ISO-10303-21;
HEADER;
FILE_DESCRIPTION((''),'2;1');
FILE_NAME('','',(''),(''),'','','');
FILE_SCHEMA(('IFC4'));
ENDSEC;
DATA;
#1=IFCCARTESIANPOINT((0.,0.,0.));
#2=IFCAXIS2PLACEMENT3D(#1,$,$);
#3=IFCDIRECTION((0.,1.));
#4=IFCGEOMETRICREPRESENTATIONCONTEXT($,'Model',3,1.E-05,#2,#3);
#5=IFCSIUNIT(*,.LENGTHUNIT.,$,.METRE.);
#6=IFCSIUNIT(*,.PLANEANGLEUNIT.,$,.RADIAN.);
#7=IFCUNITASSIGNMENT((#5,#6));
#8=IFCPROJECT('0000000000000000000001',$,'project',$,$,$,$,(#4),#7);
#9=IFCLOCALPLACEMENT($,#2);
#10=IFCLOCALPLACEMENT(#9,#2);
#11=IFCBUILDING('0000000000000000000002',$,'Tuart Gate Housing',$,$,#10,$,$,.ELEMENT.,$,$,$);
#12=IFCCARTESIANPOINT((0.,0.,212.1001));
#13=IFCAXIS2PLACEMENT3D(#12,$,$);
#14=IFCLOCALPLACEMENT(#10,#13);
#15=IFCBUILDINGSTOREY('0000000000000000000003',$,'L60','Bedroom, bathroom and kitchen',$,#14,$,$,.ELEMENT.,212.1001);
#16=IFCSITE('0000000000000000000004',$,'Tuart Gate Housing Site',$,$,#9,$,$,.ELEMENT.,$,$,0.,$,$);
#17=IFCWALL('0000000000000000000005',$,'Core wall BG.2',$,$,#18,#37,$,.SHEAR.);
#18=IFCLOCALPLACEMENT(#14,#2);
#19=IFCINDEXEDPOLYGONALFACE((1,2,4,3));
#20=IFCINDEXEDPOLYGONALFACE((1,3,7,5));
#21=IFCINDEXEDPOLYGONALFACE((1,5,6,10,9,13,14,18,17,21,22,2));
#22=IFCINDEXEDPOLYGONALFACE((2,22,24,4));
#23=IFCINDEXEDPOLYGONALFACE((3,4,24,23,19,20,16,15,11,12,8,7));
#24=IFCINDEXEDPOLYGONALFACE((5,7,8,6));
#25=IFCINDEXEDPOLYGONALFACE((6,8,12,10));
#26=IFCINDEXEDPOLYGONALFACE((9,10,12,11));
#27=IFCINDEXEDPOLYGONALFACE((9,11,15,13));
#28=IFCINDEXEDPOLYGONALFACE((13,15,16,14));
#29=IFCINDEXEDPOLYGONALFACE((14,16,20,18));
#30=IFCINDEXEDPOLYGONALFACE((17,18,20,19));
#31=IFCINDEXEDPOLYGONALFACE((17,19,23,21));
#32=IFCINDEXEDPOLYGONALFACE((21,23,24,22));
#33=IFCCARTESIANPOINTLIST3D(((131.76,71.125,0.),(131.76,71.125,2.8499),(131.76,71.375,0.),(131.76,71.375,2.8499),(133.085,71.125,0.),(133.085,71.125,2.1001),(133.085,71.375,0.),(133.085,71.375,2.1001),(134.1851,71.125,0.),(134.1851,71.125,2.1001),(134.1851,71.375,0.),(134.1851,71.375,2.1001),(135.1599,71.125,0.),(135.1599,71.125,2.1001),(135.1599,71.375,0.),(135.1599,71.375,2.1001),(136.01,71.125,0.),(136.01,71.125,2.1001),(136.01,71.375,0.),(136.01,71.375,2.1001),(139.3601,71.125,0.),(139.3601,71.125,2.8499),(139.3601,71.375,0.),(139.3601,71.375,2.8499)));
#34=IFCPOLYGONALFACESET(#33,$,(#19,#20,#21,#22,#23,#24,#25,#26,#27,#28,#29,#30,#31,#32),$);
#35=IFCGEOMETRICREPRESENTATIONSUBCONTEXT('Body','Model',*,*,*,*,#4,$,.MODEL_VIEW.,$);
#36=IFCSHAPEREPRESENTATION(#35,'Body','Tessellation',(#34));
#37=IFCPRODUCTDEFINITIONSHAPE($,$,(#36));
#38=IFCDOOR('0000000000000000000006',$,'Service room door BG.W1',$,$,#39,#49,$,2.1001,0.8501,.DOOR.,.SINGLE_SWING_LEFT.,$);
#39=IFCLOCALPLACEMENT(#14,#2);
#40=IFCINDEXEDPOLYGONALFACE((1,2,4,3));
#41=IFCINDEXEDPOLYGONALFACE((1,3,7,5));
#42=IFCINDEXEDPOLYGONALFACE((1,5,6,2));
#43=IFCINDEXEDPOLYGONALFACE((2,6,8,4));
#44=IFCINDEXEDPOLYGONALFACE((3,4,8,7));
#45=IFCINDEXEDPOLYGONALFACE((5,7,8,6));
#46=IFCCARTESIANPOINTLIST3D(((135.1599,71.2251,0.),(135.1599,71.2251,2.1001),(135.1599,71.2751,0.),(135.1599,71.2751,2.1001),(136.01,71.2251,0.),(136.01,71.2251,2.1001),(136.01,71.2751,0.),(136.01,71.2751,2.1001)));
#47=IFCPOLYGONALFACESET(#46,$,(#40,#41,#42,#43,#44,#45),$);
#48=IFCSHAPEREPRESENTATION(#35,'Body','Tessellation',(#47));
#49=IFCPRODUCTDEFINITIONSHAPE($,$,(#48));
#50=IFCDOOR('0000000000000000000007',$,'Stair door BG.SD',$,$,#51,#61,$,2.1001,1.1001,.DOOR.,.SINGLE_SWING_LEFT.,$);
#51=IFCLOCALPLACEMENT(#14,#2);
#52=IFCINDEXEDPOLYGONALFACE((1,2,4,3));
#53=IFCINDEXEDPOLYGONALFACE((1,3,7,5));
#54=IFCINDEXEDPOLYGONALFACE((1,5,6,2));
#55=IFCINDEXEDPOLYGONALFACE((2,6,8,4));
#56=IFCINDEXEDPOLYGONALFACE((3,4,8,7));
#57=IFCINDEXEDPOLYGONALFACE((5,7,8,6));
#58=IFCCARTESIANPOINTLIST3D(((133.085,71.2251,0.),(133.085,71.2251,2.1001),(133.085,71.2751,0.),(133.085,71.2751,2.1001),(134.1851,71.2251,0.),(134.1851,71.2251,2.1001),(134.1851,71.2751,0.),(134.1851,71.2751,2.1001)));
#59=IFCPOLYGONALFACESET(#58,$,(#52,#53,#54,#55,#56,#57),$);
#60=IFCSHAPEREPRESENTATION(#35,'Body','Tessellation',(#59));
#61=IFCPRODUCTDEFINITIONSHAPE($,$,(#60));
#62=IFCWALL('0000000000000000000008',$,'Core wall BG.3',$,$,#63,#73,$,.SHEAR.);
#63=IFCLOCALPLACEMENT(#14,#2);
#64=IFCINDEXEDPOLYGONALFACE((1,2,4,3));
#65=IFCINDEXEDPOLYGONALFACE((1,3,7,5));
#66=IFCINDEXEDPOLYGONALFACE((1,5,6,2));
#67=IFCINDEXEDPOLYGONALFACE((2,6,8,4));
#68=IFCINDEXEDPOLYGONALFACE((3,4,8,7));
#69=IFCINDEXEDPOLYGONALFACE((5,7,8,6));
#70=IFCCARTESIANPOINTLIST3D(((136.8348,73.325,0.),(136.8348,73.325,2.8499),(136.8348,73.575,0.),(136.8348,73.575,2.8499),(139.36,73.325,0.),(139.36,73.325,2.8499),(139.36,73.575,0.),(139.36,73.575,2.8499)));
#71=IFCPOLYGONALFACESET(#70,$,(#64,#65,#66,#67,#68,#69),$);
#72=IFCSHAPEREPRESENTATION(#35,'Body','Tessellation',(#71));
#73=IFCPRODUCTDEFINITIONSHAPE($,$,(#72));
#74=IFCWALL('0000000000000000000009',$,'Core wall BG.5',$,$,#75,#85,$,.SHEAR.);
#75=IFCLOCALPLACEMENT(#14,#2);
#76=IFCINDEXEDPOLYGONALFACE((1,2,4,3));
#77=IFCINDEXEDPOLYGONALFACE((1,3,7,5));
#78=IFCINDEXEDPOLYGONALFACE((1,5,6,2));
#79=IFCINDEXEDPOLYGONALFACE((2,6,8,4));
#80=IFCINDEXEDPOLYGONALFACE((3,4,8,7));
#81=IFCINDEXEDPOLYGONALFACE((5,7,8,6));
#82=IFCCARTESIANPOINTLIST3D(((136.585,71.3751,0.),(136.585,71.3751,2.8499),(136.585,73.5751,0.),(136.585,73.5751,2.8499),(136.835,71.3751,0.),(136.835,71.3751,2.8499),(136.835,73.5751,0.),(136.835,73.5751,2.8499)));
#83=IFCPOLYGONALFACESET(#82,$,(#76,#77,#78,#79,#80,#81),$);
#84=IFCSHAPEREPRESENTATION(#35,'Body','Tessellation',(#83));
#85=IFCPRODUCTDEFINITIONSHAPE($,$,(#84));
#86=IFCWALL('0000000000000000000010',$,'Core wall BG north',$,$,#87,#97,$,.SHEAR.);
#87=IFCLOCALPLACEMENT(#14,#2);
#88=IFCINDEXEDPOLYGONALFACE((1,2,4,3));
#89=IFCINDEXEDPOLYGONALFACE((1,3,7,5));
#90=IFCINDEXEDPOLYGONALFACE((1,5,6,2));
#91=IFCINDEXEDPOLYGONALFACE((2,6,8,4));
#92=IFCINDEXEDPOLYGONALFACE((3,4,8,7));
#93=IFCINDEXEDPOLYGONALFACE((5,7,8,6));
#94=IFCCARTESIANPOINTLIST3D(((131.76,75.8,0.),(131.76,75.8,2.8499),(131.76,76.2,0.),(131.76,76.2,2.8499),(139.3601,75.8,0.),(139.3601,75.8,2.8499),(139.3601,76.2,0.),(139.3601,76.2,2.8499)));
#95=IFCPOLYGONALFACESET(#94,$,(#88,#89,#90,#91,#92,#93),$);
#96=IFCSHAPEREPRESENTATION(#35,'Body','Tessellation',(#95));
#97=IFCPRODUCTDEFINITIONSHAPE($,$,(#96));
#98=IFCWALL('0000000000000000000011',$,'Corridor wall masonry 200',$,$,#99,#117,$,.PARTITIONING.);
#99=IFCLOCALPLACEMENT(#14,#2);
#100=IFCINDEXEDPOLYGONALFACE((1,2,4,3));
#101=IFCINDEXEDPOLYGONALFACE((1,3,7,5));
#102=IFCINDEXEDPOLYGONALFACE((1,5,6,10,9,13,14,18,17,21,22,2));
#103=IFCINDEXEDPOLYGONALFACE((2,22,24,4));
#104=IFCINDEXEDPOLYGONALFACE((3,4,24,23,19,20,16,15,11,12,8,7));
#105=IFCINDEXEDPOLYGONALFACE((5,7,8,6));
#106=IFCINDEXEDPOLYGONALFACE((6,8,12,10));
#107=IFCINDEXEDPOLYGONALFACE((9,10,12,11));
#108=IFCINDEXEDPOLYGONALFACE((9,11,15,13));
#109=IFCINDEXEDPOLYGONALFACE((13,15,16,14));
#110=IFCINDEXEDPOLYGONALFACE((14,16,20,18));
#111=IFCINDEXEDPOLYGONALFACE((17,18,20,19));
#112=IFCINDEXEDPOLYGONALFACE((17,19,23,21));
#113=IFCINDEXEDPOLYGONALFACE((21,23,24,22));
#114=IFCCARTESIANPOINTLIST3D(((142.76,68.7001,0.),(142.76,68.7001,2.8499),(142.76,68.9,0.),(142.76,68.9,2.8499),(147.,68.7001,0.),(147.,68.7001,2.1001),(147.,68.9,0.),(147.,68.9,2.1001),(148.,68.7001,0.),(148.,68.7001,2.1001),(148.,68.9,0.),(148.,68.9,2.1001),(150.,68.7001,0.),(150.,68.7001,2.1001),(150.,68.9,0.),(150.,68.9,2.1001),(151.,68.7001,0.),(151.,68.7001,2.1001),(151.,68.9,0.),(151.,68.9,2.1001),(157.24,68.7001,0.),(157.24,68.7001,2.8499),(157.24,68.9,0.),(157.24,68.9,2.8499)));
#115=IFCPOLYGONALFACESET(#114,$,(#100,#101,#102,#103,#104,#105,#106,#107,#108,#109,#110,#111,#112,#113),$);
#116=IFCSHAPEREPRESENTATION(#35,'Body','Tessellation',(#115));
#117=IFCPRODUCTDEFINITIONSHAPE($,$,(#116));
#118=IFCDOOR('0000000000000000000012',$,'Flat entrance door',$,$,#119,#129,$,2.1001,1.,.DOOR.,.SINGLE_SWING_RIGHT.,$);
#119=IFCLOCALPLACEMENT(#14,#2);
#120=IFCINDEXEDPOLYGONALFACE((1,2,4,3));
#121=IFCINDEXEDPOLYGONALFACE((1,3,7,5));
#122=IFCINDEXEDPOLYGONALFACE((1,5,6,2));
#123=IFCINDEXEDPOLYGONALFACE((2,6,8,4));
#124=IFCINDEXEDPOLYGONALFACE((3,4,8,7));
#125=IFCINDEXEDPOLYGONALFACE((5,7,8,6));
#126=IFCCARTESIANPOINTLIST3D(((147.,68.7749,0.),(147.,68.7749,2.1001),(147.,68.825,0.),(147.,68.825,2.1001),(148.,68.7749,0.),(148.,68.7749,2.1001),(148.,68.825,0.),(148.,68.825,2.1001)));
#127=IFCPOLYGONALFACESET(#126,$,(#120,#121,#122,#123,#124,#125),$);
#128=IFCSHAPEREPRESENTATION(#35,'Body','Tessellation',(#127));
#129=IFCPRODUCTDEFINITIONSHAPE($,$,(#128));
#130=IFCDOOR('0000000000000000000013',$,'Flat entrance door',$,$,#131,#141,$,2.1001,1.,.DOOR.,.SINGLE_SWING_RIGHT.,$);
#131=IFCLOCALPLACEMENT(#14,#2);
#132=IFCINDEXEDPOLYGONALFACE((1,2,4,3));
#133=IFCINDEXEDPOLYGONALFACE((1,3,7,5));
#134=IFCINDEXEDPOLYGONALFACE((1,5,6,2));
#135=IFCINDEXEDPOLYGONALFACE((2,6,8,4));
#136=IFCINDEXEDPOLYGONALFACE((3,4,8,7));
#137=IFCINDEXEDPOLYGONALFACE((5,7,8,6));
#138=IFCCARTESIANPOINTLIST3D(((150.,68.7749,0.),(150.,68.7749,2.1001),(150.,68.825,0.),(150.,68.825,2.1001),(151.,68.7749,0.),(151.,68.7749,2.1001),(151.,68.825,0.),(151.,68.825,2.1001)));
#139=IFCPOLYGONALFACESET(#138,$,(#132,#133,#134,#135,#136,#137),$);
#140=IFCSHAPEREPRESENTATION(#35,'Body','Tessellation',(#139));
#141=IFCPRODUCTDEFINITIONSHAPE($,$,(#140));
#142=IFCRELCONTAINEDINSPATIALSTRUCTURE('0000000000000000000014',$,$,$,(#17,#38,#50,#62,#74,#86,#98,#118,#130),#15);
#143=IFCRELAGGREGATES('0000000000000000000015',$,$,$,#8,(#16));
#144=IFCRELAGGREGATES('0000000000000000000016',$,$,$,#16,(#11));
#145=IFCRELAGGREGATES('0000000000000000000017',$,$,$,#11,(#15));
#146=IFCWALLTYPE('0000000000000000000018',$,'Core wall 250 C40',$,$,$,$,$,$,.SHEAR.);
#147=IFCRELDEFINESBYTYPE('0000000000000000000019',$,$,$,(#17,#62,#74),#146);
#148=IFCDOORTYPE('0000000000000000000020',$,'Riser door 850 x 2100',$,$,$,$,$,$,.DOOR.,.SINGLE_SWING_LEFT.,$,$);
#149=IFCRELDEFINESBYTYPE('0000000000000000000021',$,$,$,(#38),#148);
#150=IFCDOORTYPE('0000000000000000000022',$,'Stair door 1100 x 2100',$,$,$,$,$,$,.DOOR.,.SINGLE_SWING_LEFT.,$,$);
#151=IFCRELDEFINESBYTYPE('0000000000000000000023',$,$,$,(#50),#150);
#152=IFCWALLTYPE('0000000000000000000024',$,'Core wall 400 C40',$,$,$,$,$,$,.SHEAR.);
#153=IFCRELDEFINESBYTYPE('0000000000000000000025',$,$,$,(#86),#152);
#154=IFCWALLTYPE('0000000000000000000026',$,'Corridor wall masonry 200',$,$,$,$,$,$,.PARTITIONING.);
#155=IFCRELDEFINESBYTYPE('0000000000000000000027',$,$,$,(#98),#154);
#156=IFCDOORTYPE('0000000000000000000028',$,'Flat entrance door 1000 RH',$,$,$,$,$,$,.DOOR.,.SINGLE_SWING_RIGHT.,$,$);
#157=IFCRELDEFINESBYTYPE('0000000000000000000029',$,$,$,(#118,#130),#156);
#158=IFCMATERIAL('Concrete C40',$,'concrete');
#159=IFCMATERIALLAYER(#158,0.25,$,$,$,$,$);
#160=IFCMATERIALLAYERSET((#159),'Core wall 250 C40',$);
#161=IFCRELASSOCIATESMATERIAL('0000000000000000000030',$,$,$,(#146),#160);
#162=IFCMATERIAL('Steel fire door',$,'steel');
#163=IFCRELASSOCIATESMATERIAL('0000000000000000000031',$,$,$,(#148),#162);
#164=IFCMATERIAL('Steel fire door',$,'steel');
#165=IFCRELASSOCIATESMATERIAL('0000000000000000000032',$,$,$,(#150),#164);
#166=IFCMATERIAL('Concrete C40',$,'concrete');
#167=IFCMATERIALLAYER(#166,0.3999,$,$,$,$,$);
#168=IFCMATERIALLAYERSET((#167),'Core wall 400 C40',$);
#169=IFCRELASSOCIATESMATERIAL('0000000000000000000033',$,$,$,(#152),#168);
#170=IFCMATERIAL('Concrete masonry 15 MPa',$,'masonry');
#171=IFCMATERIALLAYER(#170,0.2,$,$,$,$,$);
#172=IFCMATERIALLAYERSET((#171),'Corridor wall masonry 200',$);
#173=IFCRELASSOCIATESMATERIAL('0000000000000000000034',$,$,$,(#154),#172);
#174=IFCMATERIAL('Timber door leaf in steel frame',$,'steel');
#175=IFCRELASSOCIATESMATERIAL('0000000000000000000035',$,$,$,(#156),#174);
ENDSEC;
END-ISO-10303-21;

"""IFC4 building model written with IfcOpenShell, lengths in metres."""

from ifc_helpers import new_model, si_unit, direction, frame, frame_2d, origin, place, context, subcontext, project, spatial, rectangle, extrude, material, layer, layer_set, type_object, element, fill, save


model = new_model("IFC4")

# Units and contexts
model_context = context("Model", 3, precision=1e-05, world=origin(), true_north=direction((0.0, 1.0)))
body_context = subcontext(model_context, "Body", "Model", "MODEL_VIEW")
ifc_project = project(units=[si_unit("LENGTHUNIT", "METRE"), si_unit("PLANEANGLEUNIT", "RADIAN")], contexts=[model_context])

# Site, building, storey
site_placement = place(None, origin())
site = spatial("IfcSite", under=ifc_project, at=site_placement, Name="Tuart Gate Housing Site", CompositionType="ELEMENT", RefElevation=0.0)
building_placement = place(site_placement, origin())
building = spatial("IfcBuilding", under=site, at=building_placement, Name="Tuart Gate Housing", CompositionType="ELEMENT")
storey_placement = place(building_placement, frame((0.0, 0.0, 212.1001)))
storey = spatial("IfcBuildingStorey", under=building, at=storey_placement, Name="L60", Description="Bedroom, bathroom and kitchen", CompositionType="ELEMENT", Elevation=212.1001)

# Wall, openings, doors
ifc_material_1 = material(Name="Concrete C40", Category="concrete")
ifc_layer_1 = layer(ifc_material_1, 0.25)
ifc_layer_set_1 = layer_set([ifc_layer_1], Name="Core wall 250 C40")
wall_type_1 = type_object("IfcWallType", Name="Core wall 250 C40", PredefinedType="SHEAR", material=ifc_layer_set_1)
wall_1_placement = place(storey_placement, frame((139.3601, 71.25, 0.0), z_axis=(0.0, 0.0, 1.0), x_axis=(-1.0, 0.0, 0.0)))
wall_1 = element("IfcWall", 1, at=wall_1_placement, inside=storey, type_object=wall_type_1, Name="Core wall BG.2", PredefinedType="SHEAR", context=body_context, shape_type="SweptSolid", body=[
    extrude(rectangle(XDim=7.6001, YDim=0.25, at=frame_2d((3.8, 0.0))), origin(), (0.0, 0.0, 1.0), 2.8499),
])
opening_1_placement = place(wall_1_placement, frame((5.175, 0.0, 0.0)))
opening_1 = element("IfcOpeningElement", 2, at=opening_1_placement, cuts=wall_1, PredefinedType="OPENING", context=body_context, shape_type="SweptSolid", body=[
    extrude(rectangle(XDim=1.1001, YDim=2.1001, at=frame_2d((0.55, 1.05))), frame((0.0, 0.135, 0.0), z_axis=(0.0, -1.0, 0.0), x_axis=(1.0, 0.0, 0.0)), (0.0, 0.0, 1.0), 0.27),
])
opening_2_placement = place(wall_1_placement, frame((3.3501, 0.0, 0.0)))
opening_2 = element("IfcOpeningElement", 3, at=opening_2_placement, cuts=wall_1, PredefinedType="OPENING", context=body_context, shape_type="SweptSolid", body=[
    extrude(rectangle(XDim=0.8501, YDim=2.1001, at=frame_2d((0.425, 1.05))), frame((0.0, 0.135, 0.0), z_axis=(0.0, -1.0, 0.0), x_axis=(1.0, 0.0, 0.0)), (0.0, 0.0, 1.0), 0.27),
])
ifc_material_2 = material(Name="Steel fire door", Category="steel")
door_type_1 = type_object("IfcDoorType", Name="Riser door 850 x 2100", OperationType="SINGLE_SWING_LEFT", PredefinedType="DOOR", material=ifc_material_2)
door_1_placement = place(opening_2_placement, origin())
door_1 = element("IfcDoor", 4, at=door_1_placement, inside=storey, type_object=door_type_1, Name="Service room door BG.W1", OperationType="SINGLE_SWING_LEFT", OverallHeight=2.1001, OverallWidth=0.8501, PredefinedType="DOOR", context=body_context, shape_type="SweptSolid", body=[
    extrude(rectangle(XDim=0.8501, YDim=2.1001, at=frame_2d((0.425, 1.05))), frame((0.0, 0.0249, 0.0), z_axis=(0.0, -1.0, 0.0), x_axis=(1.0, 0.0, 0.0)), (0.0, 0.0, 1.0), 0.05),
])
fill(opening_2, door_1)
ifc_material_3 = material(Name="Steel fire door", Category="steel")
door_type_2 = type_object("IfcDoorType", Name="Stair door 1100 x 2100", OperationType="SINGLE_SWING_LEFT", PredefinedType="DOOR", material=ifc_material_3)
door_2_placement = place(opening_1_placement, origin())
door_2 = element("IfcDoor", 5, at=door_2_placement, inside=storey, type_object=door_type_2, Name="Stair door BG.SD", OperationType="SINGLE_SWING_LEFT", OverallHeight=2.1001, OverallWidth=1.1001, PredefinedType="DOOR", context=body_context, shape_type="SweptSolid", body=[
    extrude(rectangle(XDim=1.1001, YDim=2.1001, at=frame_2d((0.55, 1.05))), frame((0.0, 0.0249, 0.0), z_axis=(0.0, -1.0, 0.0), x_axis=(1.0, 0.0, 0.0)), (0.0, 0.0, 1.0), 0.05),
])
fill(opening_1, door_2)

# Walls
wall_2_placement = place(storey_placement, frame((139.3601, 73.45, 0.0), z_axis=(0.0, 0.0, 1.0), x_axis=(-1.0, 0.0, 0.0)))
element("IfcWall", 6, at=wall_2_placement, inside=storey, type_object=wall_type_1, Name="Core wall BG.3", PredefinedType="SHEAR", context=body_context, shape_type="SweptSolid", body=[
    extrude(rectangle(XDim=2.5251, YDim=0.25, at=frame_2d((1.2627, 0.0))), origin(), (0.0, 0.0, 1.0), 2.8499),
])
wall_3_placement = place(storey_placement, frame((136.71, 71.375, 0.0), z_axis=(0.0, 0.0, 1.0), x_axis=(0.0, 1.0, 0.0)))
element("IfcWall", 7, at=wall_3_placement, inside=storey, type_object=wall_type_1, Name="Core wall BG.5", PredefinedType="SHEAR", context=body_context, shape_type="SweptSolid", body=[
    extrude(rectangle(XDim=2.2, YDim=0.25, at=frame_2d((1.1001, 0.0))), origin(), (0.0, 0.0, 1.0), 2.8499),
])
ifc_material_4 = material(Name="Concrete C40", Category="concrete")
ifc_layer_2 = layer(ifc_material_4, 0.3999)
ifc_layer_set_2 = layer_set([ifc_layer_2], Name="Core wall 400 C40")
wall_type_2 = type_object("IfcWallType", Name="Core wall 400 C40", PredefinedType="SHEAR", material=ifc_layer_set_2)
wall_4_placement = place(storey_placement, frame((139.3601, 76.0, 0.0), z_axis=(0.0, 0.0, 1.0), x_axis=(-1.0, 0.0, 0.0)))
element("IfcWall", 8, at=wall_4_placement, inside=storey, type_object=wall_type_2, Name="Core wall BG north", PredefinedType="SHEAR", context=body_context, shape_type="SweptSolid", body=[
    extrude(rectangle(XDim=7.6001, YDim=0.3999, at=frame_2d((3.8, 0.0))), origin(), (0.0, 0.0, 1.0), 2.8499),
])

# Wall, openings, doors
ifc_material_5 = material(Name="Concrete masonry 15 MPa", Category="masonry")
ifc_layer_3 = layer(ifc_material_5, 0.2)
ifc_layer_set_3 = layer_set([ifc_layer_3], Name="Corridor wall masonry 200")
wall_type_3 = type_object("IfcWallType", Name="Corridor wall masonry 200", PredefinedType="PARTITIONING", material=ifc_layer_set_3)
wall_5_placement = place(storey_placement, frame((142.76, 68.8, 0.0), z_axis=(0.0, 0.0, 1.0), x_axis=(1.0, 0.0, 0.0)))
wall_5 = element("IfcWall", 9, at=wall_5_placement, inside=storey, type_object=wall_type_3, Name="Corridor wall masonry 200", PredefinedType="PARTITIONING", context=body_context, shape_type="SweptSolid", body=[
    extrude(rectangle(XDim=14.48, YDim=0.2, at=frame_2d((7.24, 0.0))), origin(), (0.0, 0.0, 1.0), 2.8499),
])
opening_3_placement = place(wall_5_placement, frame((4.24, 0.0, 0.0)))
opening_3 = element("IfcOpeningElement", 10, at=opening_3_placement, cuts=wall_5, PredefinedType="OPENING", context=body_context, shape_type="SweptSolid", body=[
    extrude(rectangle(XDim=1.0, YDim=2.1001, at=frame_2d((0.5, 1.05))), frame((0.0, 0.1099, 0.0), z_axis=(0.0, -1.0, 0.0), x_axis=(1.0, 0.0, 0.0)), (0.0, 0.0, 1.0), 0.22),
])
opening_4_placement = place(wall_5_placement, frame((7.24, 0.0, 0.0)))
opening_4 = element("IfcOpeningElement", 11, at=opening_4_placement, cuts=wall_5, PredefinedType="OPENING", context=body_context, shape_type="SweptSolid", body=[
    extrude(rectangle(XDim=1.0, YDim=2.1001, at=frame_2d((0.5, 1.05))), frame((0.0, 0.1099, 0.0), z_axis=(0.0, -1.0, 0.0), x_axis=(1.0, 0.0, 0.0)), (0.0, 0.0, 1.0), 0.22),
])
ifc_material_6 = material(Name="Timber door leaf in steel frame", Category="steel")
door_type_3 = type_object("IfcDoorType", Name="Flat entrance door 1000 RH", OperationType="SINGLE_SWING_RIGHT", PredefinedType="DOOR", material=ifc_material_6)
door_3_placement = place(opening_3_placement, frame((1.0, 0.0, 0.0), z_axis=(0.0, 0.0, 1.0), x_axis=(-1.0, 0.0, 0.0)))
door_3 = element("IfcDoor", 12, at=door_3_placement, inside=storey, type_object=door_type_3, Name="Flat entrance door", OperationType="SINGLE_SWING_RIGHT", OverallHeight=2.1001, OverallWidth=1.0, PredefinedType="DOOR", context=body_context, shape_type="SweptSolid", body=[
    extrude(rectangle(XDim=1.0, YDim=2.1001, at=frame_2d((0.5, 1.05))), frame((0.0, 0.0251, 0.0), z_axis=(0.0, -1.0, 0.0), x_axis=(1.0, 0.0, 0.0)), (0.0, 0.0, 1.0), 0.05),
])
fill(opening_3, door_3)
door_4_placement = place(opening_4_placement, frame((1.0, 0.0, 0.0), z_axis=(0.0, 0.0, 1.0), x_axis=(-1.0, 0.0, 0.0)))
door_4 = element("IfcDoor", 13, at=door_4_placement, inside=storey, type_object=door_type_3, Name="Flat entrance door", OperationType="SINGLE_SWING_RIGHT", OverallHeight=2.1001, OverallWidth=1.0, PredefinedType="DOOR", context=body_context, shape_type="SweptSolid", body=[
    extrude(rectangle(XDim=1.0, YDim=2.1001, at=frame_2d((0.5, 1.05))), frame((0.0, 0.0251, 0.0), z_axis=(0.0, -1.0, 0.0), x_axis=(1.0, 0.0, 0.0)), (0.0, 0.0, 1.0), 0.05),
])
fill(opening_4, door_4)

save(model, "model.ifc")
